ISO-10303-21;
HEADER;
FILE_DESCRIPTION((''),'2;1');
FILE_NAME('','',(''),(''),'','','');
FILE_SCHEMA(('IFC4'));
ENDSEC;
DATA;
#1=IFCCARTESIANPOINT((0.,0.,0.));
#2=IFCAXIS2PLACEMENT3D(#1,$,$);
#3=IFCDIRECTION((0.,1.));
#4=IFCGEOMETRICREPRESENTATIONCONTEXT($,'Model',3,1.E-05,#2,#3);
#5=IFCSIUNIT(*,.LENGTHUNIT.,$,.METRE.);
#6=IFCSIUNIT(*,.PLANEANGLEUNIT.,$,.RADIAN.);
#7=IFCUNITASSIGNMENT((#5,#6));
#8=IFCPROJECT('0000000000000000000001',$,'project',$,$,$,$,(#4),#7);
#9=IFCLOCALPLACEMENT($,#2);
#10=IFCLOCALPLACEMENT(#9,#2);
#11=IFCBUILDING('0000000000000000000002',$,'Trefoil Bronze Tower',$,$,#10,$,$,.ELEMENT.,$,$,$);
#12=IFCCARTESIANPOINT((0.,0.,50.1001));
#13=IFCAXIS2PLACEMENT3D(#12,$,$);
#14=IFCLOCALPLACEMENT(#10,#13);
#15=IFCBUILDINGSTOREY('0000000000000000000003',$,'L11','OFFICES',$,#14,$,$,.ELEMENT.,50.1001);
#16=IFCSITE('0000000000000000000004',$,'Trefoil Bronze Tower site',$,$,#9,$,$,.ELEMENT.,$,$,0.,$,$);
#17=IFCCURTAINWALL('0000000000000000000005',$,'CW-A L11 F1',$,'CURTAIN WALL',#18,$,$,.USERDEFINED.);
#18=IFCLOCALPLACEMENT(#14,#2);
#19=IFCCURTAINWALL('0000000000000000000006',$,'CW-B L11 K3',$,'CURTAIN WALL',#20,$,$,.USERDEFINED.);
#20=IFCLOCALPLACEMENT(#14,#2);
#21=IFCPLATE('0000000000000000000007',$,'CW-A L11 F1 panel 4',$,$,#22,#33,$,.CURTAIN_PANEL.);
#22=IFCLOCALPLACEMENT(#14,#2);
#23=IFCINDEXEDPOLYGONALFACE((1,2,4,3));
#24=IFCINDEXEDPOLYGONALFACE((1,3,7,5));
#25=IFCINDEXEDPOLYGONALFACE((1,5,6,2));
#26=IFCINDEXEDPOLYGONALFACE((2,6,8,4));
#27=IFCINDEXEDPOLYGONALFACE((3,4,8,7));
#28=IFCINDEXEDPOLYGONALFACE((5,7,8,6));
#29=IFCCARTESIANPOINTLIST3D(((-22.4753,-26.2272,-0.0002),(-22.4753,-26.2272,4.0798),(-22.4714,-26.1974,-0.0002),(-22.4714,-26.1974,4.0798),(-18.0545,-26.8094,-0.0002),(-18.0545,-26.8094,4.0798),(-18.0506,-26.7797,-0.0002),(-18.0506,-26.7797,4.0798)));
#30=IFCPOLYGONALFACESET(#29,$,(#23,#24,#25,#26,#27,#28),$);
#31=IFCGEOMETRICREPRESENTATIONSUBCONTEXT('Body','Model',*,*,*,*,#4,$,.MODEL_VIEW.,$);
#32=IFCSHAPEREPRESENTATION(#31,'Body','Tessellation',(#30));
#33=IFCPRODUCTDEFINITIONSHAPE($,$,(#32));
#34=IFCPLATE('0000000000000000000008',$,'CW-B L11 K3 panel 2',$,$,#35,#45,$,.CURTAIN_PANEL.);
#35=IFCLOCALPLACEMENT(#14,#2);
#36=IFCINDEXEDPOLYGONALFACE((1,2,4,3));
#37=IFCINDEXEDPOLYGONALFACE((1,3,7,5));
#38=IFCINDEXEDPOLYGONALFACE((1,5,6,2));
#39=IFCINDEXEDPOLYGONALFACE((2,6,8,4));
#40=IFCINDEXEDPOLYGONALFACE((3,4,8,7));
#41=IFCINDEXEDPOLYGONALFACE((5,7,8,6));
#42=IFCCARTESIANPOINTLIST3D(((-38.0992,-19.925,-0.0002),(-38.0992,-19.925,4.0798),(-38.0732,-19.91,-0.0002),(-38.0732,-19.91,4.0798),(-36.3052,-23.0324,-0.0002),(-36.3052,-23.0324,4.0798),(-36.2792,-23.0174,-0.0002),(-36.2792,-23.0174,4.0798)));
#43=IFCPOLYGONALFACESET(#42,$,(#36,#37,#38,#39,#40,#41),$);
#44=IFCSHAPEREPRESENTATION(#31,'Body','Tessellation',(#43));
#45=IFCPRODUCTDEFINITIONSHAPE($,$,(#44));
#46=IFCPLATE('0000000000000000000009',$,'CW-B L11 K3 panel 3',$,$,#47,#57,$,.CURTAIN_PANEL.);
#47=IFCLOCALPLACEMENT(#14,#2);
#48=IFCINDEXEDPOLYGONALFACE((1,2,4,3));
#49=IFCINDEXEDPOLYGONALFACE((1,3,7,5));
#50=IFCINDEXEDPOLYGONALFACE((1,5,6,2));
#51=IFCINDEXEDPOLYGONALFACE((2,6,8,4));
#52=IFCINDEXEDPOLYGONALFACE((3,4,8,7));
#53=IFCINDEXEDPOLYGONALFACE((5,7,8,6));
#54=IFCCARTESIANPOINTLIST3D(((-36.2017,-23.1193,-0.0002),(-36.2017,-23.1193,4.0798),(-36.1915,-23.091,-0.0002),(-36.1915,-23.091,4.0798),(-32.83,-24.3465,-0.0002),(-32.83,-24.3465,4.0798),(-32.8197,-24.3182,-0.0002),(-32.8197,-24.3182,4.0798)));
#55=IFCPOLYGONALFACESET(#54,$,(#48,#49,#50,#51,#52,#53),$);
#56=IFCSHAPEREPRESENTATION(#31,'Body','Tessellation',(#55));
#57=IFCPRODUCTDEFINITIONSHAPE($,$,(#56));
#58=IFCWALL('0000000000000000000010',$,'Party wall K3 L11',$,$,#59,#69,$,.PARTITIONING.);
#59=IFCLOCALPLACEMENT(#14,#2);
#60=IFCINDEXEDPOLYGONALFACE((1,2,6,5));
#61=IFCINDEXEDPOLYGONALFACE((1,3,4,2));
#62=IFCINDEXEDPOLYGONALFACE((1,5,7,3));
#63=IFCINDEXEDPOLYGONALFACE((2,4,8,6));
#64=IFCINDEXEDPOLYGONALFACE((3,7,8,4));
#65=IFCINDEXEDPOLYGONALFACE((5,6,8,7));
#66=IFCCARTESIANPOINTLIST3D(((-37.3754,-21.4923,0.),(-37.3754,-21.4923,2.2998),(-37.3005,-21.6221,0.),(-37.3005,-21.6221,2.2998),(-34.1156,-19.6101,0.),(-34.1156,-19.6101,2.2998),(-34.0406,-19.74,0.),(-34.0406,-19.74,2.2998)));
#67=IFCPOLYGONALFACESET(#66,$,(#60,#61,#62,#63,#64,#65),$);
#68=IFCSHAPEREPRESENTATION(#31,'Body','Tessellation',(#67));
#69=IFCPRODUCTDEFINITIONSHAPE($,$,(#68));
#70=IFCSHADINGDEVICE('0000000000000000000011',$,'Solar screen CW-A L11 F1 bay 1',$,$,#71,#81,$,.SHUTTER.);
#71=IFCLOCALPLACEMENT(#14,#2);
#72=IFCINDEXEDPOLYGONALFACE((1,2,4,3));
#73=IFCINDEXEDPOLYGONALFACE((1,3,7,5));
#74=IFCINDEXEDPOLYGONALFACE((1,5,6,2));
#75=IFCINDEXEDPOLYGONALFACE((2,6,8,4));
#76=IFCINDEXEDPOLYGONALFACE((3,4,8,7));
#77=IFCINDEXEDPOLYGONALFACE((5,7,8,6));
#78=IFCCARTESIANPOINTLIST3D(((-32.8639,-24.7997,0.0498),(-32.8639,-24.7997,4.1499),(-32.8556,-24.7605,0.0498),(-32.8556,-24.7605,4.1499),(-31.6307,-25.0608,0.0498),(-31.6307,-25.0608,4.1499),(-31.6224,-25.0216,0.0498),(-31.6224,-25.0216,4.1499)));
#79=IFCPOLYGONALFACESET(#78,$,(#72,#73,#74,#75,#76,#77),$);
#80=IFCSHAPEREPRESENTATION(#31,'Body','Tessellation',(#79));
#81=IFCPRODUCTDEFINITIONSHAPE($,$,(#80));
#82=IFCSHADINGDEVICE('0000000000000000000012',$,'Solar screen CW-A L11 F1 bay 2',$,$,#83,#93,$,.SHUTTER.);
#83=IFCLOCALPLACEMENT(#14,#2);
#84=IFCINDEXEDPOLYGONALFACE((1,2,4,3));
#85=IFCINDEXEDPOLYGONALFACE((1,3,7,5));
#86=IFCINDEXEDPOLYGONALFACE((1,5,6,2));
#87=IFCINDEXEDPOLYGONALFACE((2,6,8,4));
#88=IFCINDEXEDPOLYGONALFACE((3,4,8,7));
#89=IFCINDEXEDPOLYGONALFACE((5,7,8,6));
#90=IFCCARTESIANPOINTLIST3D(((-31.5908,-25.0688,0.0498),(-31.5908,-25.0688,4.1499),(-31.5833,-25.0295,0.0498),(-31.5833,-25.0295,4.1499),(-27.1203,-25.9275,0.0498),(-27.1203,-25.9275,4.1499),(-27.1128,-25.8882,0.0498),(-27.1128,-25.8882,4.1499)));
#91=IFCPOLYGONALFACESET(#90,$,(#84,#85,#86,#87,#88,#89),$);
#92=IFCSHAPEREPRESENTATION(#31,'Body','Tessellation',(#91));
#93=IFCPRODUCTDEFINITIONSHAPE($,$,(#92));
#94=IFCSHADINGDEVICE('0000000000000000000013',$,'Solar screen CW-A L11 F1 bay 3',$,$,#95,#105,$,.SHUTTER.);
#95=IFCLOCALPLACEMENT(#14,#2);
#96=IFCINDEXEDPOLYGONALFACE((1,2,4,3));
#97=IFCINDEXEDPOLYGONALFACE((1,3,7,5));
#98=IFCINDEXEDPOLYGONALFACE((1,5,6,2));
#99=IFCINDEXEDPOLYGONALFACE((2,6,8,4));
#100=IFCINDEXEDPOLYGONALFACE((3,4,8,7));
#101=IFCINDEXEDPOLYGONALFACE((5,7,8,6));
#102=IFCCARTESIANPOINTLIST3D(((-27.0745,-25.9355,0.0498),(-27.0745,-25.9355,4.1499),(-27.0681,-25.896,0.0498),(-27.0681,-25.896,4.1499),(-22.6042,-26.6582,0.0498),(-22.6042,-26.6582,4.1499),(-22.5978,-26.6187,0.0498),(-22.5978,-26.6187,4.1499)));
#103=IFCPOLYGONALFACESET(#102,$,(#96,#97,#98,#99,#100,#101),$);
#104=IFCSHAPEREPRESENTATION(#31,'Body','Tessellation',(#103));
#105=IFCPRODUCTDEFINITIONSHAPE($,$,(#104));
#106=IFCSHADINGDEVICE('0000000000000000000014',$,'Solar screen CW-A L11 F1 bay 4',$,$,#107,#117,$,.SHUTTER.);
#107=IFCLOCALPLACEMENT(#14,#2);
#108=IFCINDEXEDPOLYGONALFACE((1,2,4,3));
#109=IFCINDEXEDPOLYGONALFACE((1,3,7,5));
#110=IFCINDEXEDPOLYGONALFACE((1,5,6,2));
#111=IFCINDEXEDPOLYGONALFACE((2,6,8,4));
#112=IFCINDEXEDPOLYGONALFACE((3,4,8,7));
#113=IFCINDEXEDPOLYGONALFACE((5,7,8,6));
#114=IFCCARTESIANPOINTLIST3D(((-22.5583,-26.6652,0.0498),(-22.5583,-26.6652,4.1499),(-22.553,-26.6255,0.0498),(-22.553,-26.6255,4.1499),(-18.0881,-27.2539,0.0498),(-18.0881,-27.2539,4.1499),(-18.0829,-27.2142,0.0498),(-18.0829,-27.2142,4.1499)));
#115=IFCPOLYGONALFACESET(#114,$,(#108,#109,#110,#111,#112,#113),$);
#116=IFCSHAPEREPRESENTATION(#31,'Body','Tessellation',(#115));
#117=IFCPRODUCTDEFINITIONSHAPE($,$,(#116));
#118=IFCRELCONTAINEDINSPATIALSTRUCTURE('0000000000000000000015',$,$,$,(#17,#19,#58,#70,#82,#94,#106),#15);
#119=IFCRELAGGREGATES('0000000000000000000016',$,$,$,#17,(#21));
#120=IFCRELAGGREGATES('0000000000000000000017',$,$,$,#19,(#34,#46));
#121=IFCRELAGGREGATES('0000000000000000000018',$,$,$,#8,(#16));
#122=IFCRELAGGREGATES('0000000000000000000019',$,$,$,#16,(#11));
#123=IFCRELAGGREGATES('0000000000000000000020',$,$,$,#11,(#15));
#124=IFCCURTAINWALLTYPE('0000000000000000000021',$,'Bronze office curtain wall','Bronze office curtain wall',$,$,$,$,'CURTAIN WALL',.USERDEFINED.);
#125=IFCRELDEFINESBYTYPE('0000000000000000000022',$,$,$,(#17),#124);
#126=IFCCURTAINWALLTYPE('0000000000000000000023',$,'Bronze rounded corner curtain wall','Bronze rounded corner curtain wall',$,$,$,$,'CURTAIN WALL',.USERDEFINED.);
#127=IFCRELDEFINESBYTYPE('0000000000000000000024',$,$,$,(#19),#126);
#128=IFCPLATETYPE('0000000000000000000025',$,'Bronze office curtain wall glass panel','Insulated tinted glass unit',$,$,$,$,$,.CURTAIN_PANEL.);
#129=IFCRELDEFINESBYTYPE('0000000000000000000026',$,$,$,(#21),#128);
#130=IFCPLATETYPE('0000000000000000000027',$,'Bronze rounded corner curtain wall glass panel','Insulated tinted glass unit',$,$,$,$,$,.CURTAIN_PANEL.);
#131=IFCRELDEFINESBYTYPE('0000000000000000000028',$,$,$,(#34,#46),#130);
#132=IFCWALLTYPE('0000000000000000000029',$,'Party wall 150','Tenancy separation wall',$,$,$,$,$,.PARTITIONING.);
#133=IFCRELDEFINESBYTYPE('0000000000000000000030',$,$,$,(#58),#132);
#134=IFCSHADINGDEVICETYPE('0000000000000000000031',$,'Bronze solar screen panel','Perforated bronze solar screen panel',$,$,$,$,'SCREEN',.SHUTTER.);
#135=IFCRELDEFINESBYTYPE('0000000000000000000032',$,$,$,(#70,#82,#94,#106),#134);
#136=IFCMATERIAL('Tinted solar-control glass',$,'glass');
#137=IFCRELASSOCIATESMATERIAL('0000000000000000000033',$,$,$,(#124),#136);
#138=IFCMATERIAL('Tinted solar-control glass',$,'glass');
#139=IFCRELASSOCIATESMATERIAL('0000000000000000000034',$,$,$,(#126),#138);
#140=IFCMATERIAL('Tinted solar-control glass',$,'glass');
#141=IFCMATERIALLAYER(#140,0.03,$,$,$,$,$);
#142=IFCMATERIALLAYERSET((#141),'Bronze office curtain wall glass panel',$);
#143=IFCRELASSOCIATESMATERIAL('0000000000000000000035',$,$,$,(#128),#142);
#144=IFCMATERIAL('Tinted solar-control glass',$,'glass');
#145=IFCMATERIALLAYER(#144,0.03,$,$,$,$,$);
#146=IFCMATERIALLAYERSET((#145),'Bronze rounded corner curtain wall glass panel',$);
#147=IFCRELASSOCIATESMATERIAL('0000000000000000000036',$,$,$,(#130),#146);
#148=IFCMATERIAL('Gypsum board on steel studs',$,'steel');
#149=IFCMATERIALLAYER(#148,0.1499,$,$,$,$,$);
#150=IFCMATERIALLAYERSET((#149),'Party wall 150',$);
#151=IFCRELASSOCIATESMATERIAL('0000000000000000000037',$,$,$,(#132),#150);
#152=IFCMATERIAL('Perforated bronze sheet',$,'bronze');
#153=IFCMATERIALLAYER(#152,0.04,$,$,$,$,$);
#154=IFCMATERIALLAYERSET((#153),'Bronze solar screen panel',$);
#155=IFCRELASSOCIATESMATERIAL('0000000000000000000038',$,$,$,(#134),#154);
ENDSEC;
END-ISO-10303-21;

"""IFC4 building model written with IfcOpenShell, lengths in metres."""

from ifc_helpers import new_model, si_unit, direction, frame, frame_2d, origin, origin_2d, place, context, subcontext, project, spatial, rectangle, extrude, material, layer, layer_set, type_object, element, aggregate, save


model = new_model("IFC4")

# Units and contexts
model_context = context("Model", 3, precision=1e-05, world=origin(), true_north=direction((0.0, 1.0)))
body_context = subcontext(model_context, "Body", "Model", "MODEL_VIEW")
ifc_project = project(units=[si_unit("LENGTHUNIT", "METRE"), si_unit("PLANEANGLEUNIT", "RADIAN")], contexts=[model_context])

# Site, building, storey
site_placement = place(None, origin())
site = spatial("IfcSite", under=ifc_project, at=site_placement, Name="Trefoil Bronze Tower site", CompositionType="ELEMENT", RefElevation=0.0)
building_placement = place(site_placement, origin())
building = spatial("IfcBuilding", under=site, at=building_placement, Name="Trefoil Bronze Tower", CompositionType="ELEMENT")
storey_placement = place(building_placement, frame((0.0, 0.0, 50.1001)))
storey = spatial("IfcBuildingStorey", under=building, at=storey_placement, Name="L11", Description="OFFICES", CompositionType="ELEMENT", Elevation=50.1001)

# Curtain walls
ifc_material_1 = material(Name="Tinted solar-control glass", Category="glass")
curtain_wall_type_1 = type_object("IfcCurtainWallType", Name="Bronze office curtain wall", Description="Bronze office curtain wall", ElementType="CURTAIN WALL", PredefinedType="USERDEFINED", material=ifc_material_1)
curtain_wall_1_placement = place(storey_placement, origin())
curtain_wall_1 = element("IfcCurtainWall", 1, at=curtain_wall_1_placement, inside=storey, type_object=curtain_wall_type_1, Name="CW-A L11 F1", ObjectType="CURTAIN WALL", PredefinedType="USERDEFINED")
ifc_material_2 = material(Name="Tinted solar-control glass", Category="glass")
curtain_wall_type_2 = type_object("IfcCurtainWallType", Name="Bronze rounded corner curtain wall", Description="Bronze rounded corner curtain wall", ElementType="CURTAIN WALL", PredefinedType="USERDEFINED", material=ifc_material_2)
curtain_wall_2_placement = place(storey_placement, origin())
curtain_wall_2 = element("IfcCurtainWall", 2, at=curtain_wall_2_placement, inside=storey, type_object=curtain_wall_type_2, Name="CW-B L11 K3", ObjectType="CURTAIN WALL", PredefinedType="USERDEFINED")

# Plates
ifc_material_3 = material(Name="Tinted solar-control glass", Category="glass")
ifc_layer_1 = layer(ifc_material_3, 0.03)
ifc_layer_set_1 = layer_set([ifc_layer_1], Name="Bronze office curtain wall glass panel")
plate_type_1 = type_object("IfcPlateType", Name="Bronze office curtain wall glass panel", Description="Insulated tinted glass unit", PredefinedType="CURTAIN_PANEL", material=ifc_layer_set_1)
plate_1_placement = place(storey_placement, frame((-20.2629, -26.5034, -0.0002), z_axis=(0.0, 0.0, 1.0), x_axis=(0.991437, -0.130584, 0.0)))
plate_1 = element("IfcPlate", 3, at=plate_1_placement, type_object=plate_type_1, Name="CW-A L11 F1 panel 4", PredefinedType="CURTAIN_PANEL", context=body_context, shape_type="SweptSolid", body=[
    extrude(rectangle(XDim=4.459, YDim=0.03, at=origin_2d()), origin(), (0.0, 0.0, 1.0), 4.0801),
])
aggregate(curtain_wall_1, [plate_1])
ifc_material_4 = material(Name="Tinted solar-control glass", Category="glass")
ifc_layer_2 = layer(ifc_material_4, 0.03)
ifc_layer_set_2 = layer_set([ifc_layer_2], Name="Bronze rounded corner curtain wall glass panel")
plate_type_2 = type_object("IfcPlateType", Name="Bronze rounded corner curtain wall glass panel", Description="Insulated tinted glass unit", PredefinedType="CURTAIN_PANEL", material=ifc_layer_set_2)
plate_2_placement = place(storey_placement, frame((-37.1892, -21.4712, -0.0002), z_axis=(0.0, 0.0, 1.0), x_axis=(0.5, -0.866025, 0.0)))
plate_2 = element("IfcPlate", 4, at=plate_2_placement, type_object=plate_type_2, Name="CW-B L11 K3 panel 2", PredefinedType="CURTAIN_PANEL", context=body_context, shape_type="SweptSolid", body=[
    extrude(rectangle(XDim=3.5881, YDim=0.03, at=origin_2d()), origin(), (0.0, 0.0, 1.0), 4.0801),
])
plate_3_placement = place(storey_placement, frame((-34.5107, -23.7188, -0.0002), z_axis=(0.0, 0.0, 1.0), x_axis=(0.939693, -0.34202, 0.0)))
plate_3 = element("IfcPlate", 5, at=plate_3_placement, type_object=plate_type_2, Name="CW-B L11 K3 panel 3", PredefinedType="CURTAIN_PANEL", context=body_context, shape_type="SweptSolid", body=[
    extrude(rectangle(XDim=3.5881, YDim=0.03, at=origin_2d()), origin(), (0.0, 0.0, 1.0), 4.0801),
])
aggregate(curtain_wall_2, [plate_2, plate_3])

# Wall
ifc_material_5 = material(Name="Gypsum board on steel studs", Category="steel")
ifc_layer_3 = layer(ifc_material_5, 0.1499)
ifc_layer_set_3 = layer_set([ifc_layer_3], Name="Party wall 150")
wall_type = type_object("IfcWallType", Name="Party wall 150", Description="Tenancy separation wall", PredefinedType="PARTITIONING", material=ifc_layer_set_3)
wall_placement = place(storey_placement, frame((-34.0781, -19.675, 0.0), z_axis=(0.0, 0.0, 1.0), x_axis=(-0.866019, -0.500011, 0.0)))
element("IfcWall", 6, at=wall_placement, inside=storey, type_object=wall_type, Name="Party wall K3 L11", PredefinedType="PARTITIONING", context=body_context, shape_type="SweptSolid", body=[
    extrude(rectangle(XDim=3.7642, YDim=0.1499, at=frame_2d((1.8821, 0.0))), origin(), (0.0, 0.0, 1.0), 2.2998),
])

# Shading devices
ifc_material_6 = material(Name="Perforated bronze sheet", Category="bronze")
ifc_layer_4 = layer(ifc_material_6, 0.04)
ifc_layer_set_4 = layer_set([ifc_layer_4], Name="Bronze solar screen panel")
shading_device_type = type_object("IfcShadingDeviceType", Name="Bronze solar screen panel", Description="Perforated bronze solar screen panel", ElementType="SCREEN", PredefinedType="SHUTTER", material=ifc_layer_set_4)
shading_device_1_placement = place(storey_placement, frame((-32.2432, -24.9106, 0.0498), z_axis=(0.0, 0.0, 1.0), x_axis=(0.978303, -0.207181, 0.0)))
element("IfcShadingDevice", 7, at=shading_device_1_placement, inside=storey, type_object=shading_device_type, Name="Solar screen CW-A L11 F1 bay 1", PredefinedType="SHUTTER", context=body_context, shape_type="SweptSolid", body=[
    extrude(rectangle(XDim=1.2605, YDim=0.04, at=origin_2d()), origin(), (0.0, 0.0, 1.0), 4.1001),
])
shading_device_2_placement = place(storey_placement, frame((-29.3518, -25.4785, 0.0498), z_axis=(0.0, 0.0, 1.0), x_axis=(0.98205, -0.188622, 0.0)))
element("IfcShadingDevice", 8, at=shading_device_2_placement, inside=storey, type_object=shading_device_type, Name="Solar screen CW-A L11 F1 bay 2", PredefinedType="SHUTTER", context=body_context, shape_type="SweptSolid", body=[
    extrude(rectangle(XDim=4.5522, YDim=0.04, at=origin_2d()), origin(), (0.0, 0.0, 1.0), 4.1001),
])
shading_device_3_placement = place(storey_placement, frame((-24.8362, -26.2771, 0.0498), z_axis=(0.0, 0.0, 1.0), x_axis=(0.987181, -0.159603, 0.0)))
element("IfcShadingDevice", 9, at=shading_device_3_placement, inside=storey, type_object=shading_device_type, Name="Solar screen CW-A L11 F1 bay 3", PredefinedType="SHUTTER", context=body_context, shape_type="SweptSolid", body=[
    extrude(rectangle(XDim=4.5283, YDim=0.04, at=origin_2d()), origin(), (0.0, 0.0, 1.0), 4.1001),
])
shading_device_4_placement = place(storey_placement, frame((-20.3206, -26.9397, 0.0498), z_axis=(0.0, 0.0, 1.0), x_axis=(0.991437, -0.130584, 0.0)))
element("IfcShadingDevice", 10, at=shading_device_4_placement, inside=storey, type_object=shading_device_type, Name="Solar screen CW-A L11 F1 bay 4", PredefinedType="SHUTTER", context=body_context, shape_type="SweptSolid", body=[
    extrude(rectangle(XDim=4.5088, YDim=0.04, at=origin_2d()), origin(), (0.0, 0.0, 1.0), 4.1001),
])

save(model, "model.ifc")
